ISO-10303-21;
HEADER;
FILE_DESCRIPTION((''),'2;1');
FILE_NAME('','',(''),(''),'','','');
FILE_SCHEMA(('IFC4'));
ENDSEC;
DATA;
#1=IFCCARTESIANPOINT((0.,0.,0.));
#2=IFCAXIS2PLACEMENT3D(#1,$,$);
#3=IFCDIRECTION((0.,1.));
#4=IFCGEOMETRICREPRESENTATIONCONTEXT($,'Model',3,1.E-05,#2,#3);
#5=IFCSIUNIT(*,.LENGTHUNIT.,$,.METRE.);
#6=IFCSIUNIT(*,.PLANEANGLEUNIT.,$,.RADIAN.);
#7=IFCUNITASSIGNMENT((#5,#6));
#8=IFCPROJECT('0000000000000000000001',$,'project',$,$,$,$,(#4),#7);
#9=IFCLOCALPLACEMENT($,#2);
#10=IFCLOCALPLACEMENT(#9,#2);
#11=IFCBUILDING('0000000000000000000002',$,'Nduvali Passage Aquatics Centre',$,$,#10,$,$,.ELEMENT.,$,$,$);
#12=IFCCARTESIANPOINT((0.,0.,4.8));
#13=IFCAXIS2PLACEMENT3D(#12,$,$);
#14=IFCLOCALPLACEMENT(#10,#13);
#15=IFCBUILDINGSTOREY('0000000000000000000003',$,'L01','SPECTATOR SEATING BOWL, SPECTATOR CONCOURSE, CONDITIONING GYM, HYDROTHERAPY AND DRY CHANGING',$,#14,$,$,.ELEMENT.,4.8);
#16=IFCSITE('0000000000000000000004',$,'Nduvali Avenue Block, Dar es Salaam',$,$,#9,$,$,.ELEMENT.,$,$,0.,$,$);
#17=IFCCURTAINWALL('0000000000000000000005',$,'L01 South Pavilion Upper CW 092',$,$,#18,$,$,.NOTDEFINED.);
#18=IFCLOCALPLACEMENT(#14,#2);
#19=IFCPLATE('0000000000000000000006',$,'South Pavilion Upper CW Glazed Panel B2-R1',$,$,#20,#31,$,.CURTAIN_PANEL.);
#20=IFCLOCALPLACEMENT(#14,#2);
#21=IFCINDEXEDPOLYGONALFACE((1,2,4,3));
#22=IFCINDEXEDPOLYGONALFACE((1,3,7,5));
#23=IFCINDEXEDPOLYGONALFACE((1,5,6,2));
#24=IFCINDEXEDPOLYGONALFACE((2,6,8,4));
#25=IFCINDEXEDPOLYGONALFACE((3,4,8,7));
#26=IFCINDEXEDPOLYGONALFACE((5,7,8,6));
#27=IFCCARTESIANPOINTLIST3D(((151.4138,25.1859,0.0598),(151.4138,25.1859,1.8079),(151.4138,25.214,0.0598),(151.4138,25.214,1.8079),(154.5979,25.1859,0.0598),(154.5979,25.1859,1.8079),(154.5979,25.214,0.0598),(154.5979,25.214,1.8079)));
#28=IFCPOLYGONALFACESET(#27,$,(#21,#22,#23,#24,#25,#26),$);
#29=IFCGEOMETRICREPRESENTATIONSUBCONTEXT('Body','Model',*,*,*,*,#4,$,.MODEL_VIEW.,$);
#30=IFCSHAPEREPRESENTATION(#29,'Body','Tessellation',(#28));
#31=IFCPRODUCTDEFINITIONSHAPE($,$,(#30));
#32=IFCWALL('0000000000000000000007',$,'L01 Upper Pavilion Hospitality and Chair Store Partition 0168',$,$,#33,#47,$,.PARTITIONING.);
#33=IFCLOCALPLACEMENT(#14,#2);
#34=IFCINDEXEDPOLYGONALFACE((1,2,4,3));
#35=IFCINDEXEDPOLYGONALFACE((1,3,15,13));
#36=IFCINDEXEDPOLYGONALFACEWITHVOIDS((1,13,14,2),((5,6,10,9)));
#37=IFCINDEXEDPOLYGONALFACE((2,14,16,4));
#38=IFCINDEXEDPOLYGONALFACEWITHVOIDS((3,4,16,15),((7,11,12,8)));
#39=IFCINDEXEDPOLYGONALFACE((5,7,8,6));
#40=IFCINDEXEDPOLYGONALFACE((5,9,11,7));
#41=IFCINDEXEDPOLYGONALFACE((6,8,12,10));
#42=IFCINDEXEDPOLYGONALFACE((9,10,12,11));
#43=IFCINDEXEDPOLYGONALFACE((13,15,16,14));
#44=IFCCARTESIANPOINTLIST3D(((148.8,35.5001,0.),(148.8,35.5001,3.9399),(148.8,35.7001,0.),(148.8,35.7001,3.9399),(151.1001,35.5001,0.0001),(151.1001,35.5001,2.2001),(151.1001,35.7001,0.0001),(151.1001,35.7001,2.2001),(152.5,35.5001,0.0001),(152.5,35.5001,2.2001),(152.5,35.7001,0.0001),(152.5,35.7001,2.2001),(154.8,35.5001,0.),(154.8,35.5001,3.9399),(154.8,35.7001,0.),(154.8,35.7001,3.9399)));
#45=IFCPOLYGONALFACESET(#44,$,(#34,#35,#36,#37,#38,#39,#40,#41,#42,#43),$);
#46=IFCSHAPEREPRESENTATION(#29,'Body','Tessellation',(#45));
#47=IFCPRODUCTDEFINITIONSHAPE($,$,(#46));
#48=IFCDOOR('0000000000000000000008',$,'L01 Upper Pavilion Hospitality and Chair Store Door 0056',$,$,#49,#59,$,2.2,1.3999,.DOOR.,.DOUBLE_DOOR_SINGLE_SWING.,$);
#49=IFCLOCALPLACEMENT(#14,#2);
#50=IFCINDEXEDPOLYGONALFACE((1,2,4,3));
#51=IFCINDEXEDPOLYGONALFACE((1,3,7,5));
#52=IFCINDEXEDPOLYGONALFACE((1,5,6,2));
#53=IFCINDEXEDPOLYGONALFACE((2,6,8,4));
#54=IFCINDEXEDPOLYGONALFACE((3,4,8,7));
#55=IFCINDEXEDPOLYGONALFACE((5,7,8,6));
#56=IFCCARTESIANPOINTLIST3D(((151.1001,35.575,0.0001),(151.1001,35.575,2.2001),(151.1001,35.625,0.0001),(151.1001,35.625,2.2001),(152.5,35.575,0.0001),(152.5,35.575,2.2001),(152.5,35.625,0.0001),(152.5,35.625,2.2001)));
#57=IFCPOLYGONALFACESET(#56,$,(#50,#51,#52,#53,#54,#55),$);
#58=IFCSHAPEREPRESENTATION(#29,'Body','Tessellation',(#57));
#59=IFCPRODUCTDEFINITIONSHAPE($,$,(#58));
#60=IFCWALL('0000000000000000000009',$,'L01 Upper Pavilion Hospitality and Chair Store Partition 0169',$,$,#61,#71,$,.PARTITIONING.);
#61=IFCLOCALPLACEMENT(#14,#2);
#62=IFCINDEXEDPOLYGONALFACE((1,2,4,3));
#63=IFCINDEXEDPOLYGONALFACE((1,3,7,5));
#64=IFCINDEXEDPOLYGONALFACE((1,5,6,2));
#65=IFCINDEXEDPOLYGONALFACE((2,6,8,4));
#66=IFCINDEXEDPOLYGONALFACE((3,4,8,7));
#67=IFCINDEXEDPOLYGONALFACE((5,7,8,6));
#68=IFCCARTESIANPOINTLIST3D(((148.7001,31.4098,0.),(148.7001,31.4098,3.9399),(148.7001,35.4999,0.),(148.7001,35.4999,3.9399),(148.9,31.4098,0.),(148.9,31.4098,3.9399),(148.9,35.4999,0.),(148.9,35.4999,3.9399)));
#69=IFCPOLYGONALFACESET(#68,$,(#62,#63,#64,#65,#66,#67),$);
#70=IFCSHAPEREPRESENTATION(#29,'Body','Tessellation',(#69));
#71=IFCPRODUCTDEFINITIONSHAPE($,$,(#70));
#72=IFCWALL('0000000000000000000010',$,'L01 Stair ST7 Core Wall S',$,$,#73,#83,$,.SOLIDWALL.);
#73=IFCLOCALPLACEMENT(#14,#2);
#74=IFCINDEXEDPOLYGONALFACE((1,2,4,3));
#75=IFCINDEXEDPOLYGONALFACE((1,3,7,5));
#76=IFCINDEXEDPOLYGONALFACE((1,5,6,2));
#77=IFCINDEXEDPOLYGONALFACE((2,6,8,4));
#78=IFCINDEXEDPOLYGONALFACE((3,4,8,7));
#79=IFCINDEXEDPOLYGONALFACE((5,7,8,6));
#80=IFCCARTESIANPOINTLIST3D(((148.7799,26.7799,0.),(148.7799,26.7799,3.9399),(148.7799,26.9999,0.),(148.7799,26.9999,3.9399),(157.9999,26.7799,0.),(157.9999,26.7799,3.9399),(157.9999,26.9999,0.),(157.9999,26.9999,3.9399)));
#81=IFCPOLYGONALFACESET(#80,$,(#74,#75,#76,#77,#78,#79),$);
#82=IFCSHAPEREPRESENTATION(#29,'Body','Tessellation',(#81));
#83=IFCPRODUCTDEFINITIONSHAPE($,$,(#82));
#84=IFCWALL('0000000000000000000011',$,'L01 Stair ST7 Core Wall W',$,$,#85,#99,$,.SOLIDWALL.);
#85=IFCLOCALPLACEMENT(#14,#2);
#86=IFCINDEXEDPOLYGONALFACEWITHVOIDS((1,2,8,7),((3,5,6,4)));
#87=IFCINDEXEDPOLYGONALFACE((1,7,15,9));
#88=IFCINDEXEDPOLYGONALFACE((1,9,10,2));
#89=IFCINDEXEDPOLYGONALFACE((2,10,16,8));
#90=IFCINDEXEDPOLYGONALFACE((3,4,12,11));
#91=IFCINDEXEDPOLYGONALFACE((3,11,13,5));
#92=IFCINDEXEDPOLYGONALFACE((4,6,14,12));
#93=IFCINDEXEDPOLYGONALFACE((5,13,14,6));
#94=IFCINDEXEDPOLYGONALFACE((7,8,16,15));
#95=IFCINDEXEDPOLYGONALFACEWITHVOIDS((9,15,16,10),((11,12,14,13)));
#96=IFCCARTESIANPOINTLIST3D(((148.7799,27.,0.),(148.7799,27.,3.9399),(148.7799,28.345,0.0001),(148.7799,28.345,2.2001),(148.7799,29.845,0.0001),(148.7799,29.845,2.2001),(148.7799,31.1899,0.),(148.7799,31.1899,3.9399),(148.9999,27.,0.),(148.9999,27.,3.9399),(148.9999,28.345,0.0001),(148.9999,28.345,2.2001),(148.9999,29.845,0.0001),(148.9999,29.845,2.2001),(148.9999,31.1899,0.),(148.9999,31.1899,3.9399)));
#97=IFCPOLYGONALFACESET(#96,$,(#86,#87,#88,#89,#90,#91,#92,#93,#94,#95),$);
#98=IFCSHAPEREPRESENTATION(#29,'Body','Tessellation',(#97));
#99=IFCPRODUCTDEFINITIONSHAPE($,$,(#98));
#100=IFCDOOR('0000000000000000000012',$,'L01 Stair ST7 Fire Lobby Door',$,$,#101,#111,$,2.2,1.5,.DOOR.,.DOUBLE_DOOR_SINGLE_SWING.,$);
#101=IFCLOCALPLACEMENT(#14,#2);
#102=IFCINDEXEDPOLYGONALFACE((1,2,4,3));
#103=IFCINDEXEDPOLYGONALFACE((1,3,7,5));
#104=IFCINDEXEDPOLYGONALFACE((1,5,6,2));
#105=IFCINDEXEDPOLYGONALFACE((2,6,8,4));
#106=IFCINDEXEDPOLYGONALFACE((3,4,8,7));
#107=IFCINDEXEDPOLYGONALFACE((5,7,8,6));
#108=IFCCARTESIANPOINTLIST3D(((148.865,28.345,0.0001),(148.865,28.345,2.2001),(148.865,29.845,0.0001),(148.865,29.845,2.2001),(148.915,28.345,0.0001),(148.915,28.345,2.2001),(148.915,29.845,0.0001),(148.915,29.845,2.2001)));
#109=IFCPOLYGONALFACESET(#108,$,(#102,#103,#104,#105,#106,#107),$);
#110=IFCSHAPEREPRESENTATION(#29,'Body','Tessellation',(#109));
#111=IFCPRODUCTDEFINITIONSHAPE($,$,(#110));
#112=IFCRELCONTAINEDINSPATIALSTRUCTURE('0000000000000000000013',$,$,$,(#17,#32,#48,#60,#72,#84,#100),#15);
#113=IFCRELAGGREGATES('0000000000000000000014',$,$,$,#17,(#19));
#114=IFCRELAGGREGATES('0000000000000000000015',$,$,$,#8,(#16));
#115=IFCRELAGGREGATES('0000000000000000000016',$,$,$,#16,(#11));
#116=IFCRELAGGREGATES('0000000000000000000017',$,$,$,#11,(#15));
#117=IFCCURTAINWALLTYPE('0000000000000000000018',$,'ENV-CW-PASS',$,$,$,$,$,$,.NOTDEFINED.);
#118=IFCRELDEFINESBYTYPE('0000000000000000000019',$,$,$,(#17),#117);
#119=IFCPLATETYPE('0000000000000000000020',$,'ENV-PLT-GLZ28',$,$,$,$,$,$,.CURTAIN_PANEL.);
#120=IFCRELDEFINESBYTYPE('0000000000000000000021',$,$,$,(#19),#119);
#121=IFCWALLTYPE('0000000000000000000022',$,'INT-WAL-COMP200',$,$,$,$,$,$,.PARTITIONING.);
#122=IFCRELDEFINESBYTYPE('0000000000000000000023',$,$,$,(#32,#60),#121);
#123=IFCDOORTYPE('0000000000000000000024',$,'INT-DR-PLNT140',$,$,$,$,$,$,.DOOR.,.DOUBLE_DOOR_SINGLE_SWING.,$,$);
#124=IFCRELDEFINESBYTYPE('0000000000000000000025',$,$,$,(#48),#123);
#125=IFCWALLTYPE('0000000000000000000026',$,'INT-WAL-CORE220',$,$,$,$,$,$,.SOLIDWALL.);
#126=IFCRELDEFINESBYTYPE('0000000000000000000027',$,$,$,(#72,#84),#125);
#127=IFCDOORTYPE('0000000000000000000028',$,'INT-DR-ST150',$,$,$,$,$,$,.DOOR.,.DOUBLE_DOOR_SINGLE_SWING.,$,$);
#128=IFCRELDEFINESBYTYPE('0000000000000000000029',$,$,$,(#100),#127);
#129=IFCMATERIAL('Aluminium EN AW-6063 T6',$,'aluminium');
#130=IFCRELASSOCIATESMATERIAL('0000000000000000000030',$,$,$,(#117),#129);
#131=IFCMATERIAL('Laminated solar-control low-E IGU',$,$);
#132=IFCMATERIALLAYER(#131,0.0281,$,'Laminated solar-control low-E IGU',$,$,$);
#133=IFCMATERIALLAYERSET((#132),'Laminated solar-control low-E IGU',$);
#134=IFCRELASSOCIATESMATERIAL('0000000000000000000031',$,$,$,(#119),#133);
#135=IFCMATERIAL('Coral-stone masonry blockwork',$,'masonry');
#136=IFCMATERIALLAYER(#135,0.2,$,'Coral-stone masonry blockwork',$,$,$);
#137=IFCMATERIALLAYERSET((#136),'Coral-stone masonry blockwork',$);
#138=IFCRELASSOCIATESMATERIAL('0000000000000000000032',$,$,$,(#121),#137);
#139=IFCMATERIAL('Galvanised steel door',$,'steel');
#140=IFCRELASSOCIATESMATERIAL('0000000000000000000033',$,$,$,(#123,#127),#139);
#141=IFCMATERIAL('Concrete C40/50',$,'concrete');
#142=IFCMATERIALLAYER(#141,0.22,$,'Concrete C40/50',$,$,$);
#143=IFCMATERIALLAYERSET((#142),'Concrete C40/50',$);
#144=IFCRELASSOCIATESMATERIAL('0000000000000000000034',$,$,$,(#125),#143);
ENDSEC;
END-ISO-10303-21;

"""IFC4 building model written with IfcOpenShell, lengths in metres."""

from ifc_helpers import new_model, si_unit, direction, frame, frame_2d, origin, origin_2d, place, context, subcontext, project, spatial, rectangle, extrude, material, layer, layer_set, type_object, element, fill, aggregate, save


model = new_model("IFC4")

# Units and contexts
model_context = context("Model", 3, precision=1e-05, world=origin(), true_north=direction((0.0, 1.0)))
body_context = subcontext(model_context, "Body", "Model", "MODEL_VIEW")
ifc_project = project(units=[si_unit("LENGTHUNIT", "METRE"), si_unit("PLANEANGLEUNIT", "RADIAN")], contexts=[model_context])

# Site, building, storey
site_placement = place(None, origin())
site = spatial("IfcSite", under=ifc_project, at=site_placement, Name="Nduvali Avenue Block, Dar es Salaam", CompositionType="ELEMENT", RefElevation=0.0)
building_placement = place(site_placement, origin())
building = spatial("IfcBuilding", under=site, at=building_placement, Name="Nduvali Passage Aquatics Centre", CompositionType="ELEMENT")
storey_placement = place(building_placement, frame((0.0, 0.0, 4.8)))
storey = spatial("IfcBuildingStorey", under=building, at=storey_placement, Name="L01", Description="SPECTATOR SEATING BOWL, SPECTATOR CONCOURSE, CONDITIONING GYM, HYDROTHERAPY AND DRY CHANGING", CompositionType="ELEMENT", Elevation=4.8)

# Curtain wall
ifc_material_1 = material(Name="Aluminium EN AW-6063 T6", Category="aluminium")
curtain_wall_type = type_object("IfcCurtainWallType", Name="ENV-CW-PASS", PredefinedType="NOTDEFINED", material=ifc_material_1)
curtain_wall_placement = place(storey_placement, origin())
curtain_wall = element("IfcCurtainWall", 1, at=curtain_wall_placement, inside=storey, type_object=curtain_wall_type, Name="L01 South Pavilion Upper CW 092", PredefinedType="NOTDEFINED")

# Plate
ifc_material_2 = material(Name="Laminated solar-control low-E IGU")
ifc_layer_1 = layer(ifc_material_2, 0.0281, Name="Laminated solar-control low-E IGU")
ifc_layer_set_1 = layer_set([ifc_layer_1], Name="Laminated solar-control low-E IGU")
plate_type = type_object("IfcPlateType", Name="ENV-PLT-GLZ28", PredefinedType="CURTAIN_PANEL", material=ifc_layer_set_1)
plate_1_placement = place(storey_placement, frame((153.0059, 25.2, 0.0598), z_axis=(0.0, 0.0, 1.0), x_axis=(1.0, 0.0, 0.0)))
plate_1 = element("IfcPlate", 2, at=plate_1_placement, type_object=plate_type, Name="South Pavilion Upper CW Glazed Panel B2-R1", PredefinedType="CURTAIN_PANEL", context=body_context, shape_type="SweptSolid", body=[
    extrude(rectangle(XDim=3.1841, YDim=0.0281, at=origin_2d()), origin(), (0.0, 0.0, 1.0), 1.748),
])
aggregate(curtain_wall, [plate_1])

# Wall, opening, door
ifc_material_3 = material(Name="Coral-stone masonry blockwork", Category="masonry")
ifc_layer_2 = layer(ifc_material_3, 0.2, Name="Coral-stone masonry blockwork")
ifc_layer_set_2 = layer_set([ifc_layer_2], Name="Coral-stone masonry blockwork")
wall_type_1 = type_object("IfcWallType", Name="INT-WAL-COMP200", PredefinedType="PARTITIONING", material=ifc_layer_set_2)
wall_1_placement = place(storey_placement, frame((148.8, 35.6001, 0.0), z_axis=(0.0, 0.0, 1.0), x_axis=(1.0, 0.0, 0.0)))
wall_1 = element("IfcWall", 3, at=wall_1_placement, inside=storey, type_object=wall_type_1, Name="L01 Upper Pavilion Hospitality and Chair Store Partition 0168", PredefinedType="PARTITIONING", context=body_context, shape_type="SweptSolid", body=[
    extrude(rectangle(XDim=6.0, YDim=0.2, at=frame_2d((3.0, 0.0))), origin(), (0.0, 0.0, 1.0), 3.9399),
])
opening_1_placement = place(wall_1_placement, frame((2.3, 0.0, 0.0)))
opening_1 = element("IfcOpeningElement", 4, at=opening_1_placement, cuts=wall_1, PredefinedType="OPENING", context=body_context, shape_type="SweptSolid", body=[
    extrude(rectangle(XDim=1.3999, YDim=2.2, at=frame_2d((0.7, 1.1001))), frame((0.0, 0.1147, 0.0), z_axis=(0.0, -1.0, 0.0), x_axis=(1.0, 0.0, 0.0)), (0.0, 0.0, 1.0), 0.2297),
])
ifc_material_4 = material(Name="Galvanised steel door", Category="steel")
door_type_1 = type_object("IfcDoorType", Name="INT-DR-PLNT140", OperationType="DOUBLE_DOOR_SINGLE_SWING", PredefinedType="DOOR", material=ifc_material_4)
door_1_placement = place(opening_1_placement, origin())
door_1 = element("IfcDoor", 5, at=door_1_placement, inside=storey, type_object=door_type_1, Name="L01 Upper Pavilion Hospitality and Chair Store Door 0056", OperationType="DOUBLE_DOOR_SINGLE_SWING", OverallHeight=2.2, OverallWidth=1.3999, PredefinedType="DOOR", context=body_context, shape_type="SweptSolid", body=[
    extrude(rectangle(XDim=1.3999, YDim=2.2, at=frame_2d((0.7, 1.1001))), frame((0.0, 0.0249, 0.0), z_axis=(0.0, -1.0, 0.0), x_axis=(1.0, 0.0, 0.0)), (0.0, 0.0, 1.0), 0.05),
])
fill(opening_1, door_1)

# Walls
wall_2_placement = place(storey_placement, frame((148.8, 31.4099, 0.0), z_axis=(0.0, 0.0, 1.0), x_axis=(0.0, 1.0, 0.0)))
element("IfcWall", 6, at=wall_2_placement, inside=storey, type_object=wall_type_1, Name="L01 Upper Pavilion Hospitality and Chair Store Partition 0169", PredefinedType="PARTITIONING", context=body_context, shape_type="SweptSolid", body=[
    extrude(rectangle(XDim=4.0901, YDim=0.2, at=frame_2d((2.0449, 0.0))), origin(), (0.0, 0.0, 1.0), 3.9399),
])
ifc_material_5 = material(Name="Concrete C40/50", Category="concrete")
ifc_layer_3 = layer(ifc_material_5, 0.22, Name="Concrete C40/50")
ifc_layer_set_3 = layer_set([ifc_layer_3], Name="Concrete C40/50")
wall_type_2 = type_object("IfcWallType", Name="INT-WAL-CORE220", PredefinedType="SOLIDWALL", material=ifc_layer_set_3)
wall_3_placement = place(storey_placement, frame((148.78, 26.8899, 0.0), z_axis=(0.0, 0.0, 1.0), x_axis=(1.0, 0.0, 0.0)))
element("IfcWall", 7, at=wall_3_placement, inside=storey, type_object=wall_type_2, Name="L01 Stair ST7 Core Wall S", PredefinedType="SOLIDWALL", context=body_context, shape_type="SweptSolid", body=[
    extrude(rectangle(XDim=9.22, YDim=0.22, at=frame_2d((4.6099, 0.0))), origin(), (0.0, 0.0, 1.0), 3.9399),
])

# Wall, opening, door
wall_4_placement = place(storey_placement, frame((148.8899, 31.1899, 0.0), z_axis=(0.0, 0.0, 1.0), x_axis=(0.0, -1.0, 0.0)))
wall_4 = element("IfcWall", 8, at=wall_4_placement, inside=storey, type_object=wall_type_2, Name="L01 Stair ST7 Core Wall W", PredefinedType="SOLIDWALL", context=body_context, shape_type="SweptSolid", body=[
    extrude(rectangle(XDim=4.1899, YDim=0.22, at=frame_2d((2.095, 0.0))), origin(), (0.0, 0.0, 1.0), 3.9399),
])
opening_2_placement = place(wall_4_placement, frame((1.345, 0.0, 0.0)))
opening_2 = element("IfcOpeningElement", 9, at=opening_2_placement, cuts=wall_4, PredefinedType="OPENING", context=body_context, shape_type="SweptSolid", body=[
    extrude(rectangle(XDim=1.5, YDim=2.2, at=frame_2d((0.75, 1.1001))), frame((0.0, 0.125, 0.0), z_axis=(0.0, -1.0, 0.0), x_axis=(1.0, 0.0, 0.0)), (0.0, 0.0, 1.0), 0.2498),
])
door_type_2 = type_object("IfcDoorType", Name="INT-DR-ST150", OperationType="DOUBLE_DOOR_SINGLE_SWING", PredefinedType="DOOR", material=ifc_material_4)
door_2_placement = place(opening_2_placement, frame((1.5, 0.0, 0.0), z_axis=(0.0, 0.0, 1.0), x_axis=(-1.0, 0.0, 0.0)))
door_2 = element("IfcDoor", 10, at=door_2_placement, inside=storey, type_object=door_type_2, Name="L01 Stair ST7 Fire Lobby Door", OperationType="DOUBLE_DOOR_SINGLE_SWING", OverallHeight=2.2, OverallWidth=1.5, PredefinedType="DOOR", context=body_context, shape_type="SweptSolid", body=[
    extrude(rectangle(XDim=1.5, YDim=2.2, at=frame_2d((0.75, 1.1001))), frame((0.0, 0.0249, 0.0), z_axis=(0.0, -1.0, 0.0), x_axis=(1.0, 0.0, 0.0)), (0.0, 0.0, 1.0), 0.05),
])
fill(opening_2, door_2)

save(model, "model.ifc")
